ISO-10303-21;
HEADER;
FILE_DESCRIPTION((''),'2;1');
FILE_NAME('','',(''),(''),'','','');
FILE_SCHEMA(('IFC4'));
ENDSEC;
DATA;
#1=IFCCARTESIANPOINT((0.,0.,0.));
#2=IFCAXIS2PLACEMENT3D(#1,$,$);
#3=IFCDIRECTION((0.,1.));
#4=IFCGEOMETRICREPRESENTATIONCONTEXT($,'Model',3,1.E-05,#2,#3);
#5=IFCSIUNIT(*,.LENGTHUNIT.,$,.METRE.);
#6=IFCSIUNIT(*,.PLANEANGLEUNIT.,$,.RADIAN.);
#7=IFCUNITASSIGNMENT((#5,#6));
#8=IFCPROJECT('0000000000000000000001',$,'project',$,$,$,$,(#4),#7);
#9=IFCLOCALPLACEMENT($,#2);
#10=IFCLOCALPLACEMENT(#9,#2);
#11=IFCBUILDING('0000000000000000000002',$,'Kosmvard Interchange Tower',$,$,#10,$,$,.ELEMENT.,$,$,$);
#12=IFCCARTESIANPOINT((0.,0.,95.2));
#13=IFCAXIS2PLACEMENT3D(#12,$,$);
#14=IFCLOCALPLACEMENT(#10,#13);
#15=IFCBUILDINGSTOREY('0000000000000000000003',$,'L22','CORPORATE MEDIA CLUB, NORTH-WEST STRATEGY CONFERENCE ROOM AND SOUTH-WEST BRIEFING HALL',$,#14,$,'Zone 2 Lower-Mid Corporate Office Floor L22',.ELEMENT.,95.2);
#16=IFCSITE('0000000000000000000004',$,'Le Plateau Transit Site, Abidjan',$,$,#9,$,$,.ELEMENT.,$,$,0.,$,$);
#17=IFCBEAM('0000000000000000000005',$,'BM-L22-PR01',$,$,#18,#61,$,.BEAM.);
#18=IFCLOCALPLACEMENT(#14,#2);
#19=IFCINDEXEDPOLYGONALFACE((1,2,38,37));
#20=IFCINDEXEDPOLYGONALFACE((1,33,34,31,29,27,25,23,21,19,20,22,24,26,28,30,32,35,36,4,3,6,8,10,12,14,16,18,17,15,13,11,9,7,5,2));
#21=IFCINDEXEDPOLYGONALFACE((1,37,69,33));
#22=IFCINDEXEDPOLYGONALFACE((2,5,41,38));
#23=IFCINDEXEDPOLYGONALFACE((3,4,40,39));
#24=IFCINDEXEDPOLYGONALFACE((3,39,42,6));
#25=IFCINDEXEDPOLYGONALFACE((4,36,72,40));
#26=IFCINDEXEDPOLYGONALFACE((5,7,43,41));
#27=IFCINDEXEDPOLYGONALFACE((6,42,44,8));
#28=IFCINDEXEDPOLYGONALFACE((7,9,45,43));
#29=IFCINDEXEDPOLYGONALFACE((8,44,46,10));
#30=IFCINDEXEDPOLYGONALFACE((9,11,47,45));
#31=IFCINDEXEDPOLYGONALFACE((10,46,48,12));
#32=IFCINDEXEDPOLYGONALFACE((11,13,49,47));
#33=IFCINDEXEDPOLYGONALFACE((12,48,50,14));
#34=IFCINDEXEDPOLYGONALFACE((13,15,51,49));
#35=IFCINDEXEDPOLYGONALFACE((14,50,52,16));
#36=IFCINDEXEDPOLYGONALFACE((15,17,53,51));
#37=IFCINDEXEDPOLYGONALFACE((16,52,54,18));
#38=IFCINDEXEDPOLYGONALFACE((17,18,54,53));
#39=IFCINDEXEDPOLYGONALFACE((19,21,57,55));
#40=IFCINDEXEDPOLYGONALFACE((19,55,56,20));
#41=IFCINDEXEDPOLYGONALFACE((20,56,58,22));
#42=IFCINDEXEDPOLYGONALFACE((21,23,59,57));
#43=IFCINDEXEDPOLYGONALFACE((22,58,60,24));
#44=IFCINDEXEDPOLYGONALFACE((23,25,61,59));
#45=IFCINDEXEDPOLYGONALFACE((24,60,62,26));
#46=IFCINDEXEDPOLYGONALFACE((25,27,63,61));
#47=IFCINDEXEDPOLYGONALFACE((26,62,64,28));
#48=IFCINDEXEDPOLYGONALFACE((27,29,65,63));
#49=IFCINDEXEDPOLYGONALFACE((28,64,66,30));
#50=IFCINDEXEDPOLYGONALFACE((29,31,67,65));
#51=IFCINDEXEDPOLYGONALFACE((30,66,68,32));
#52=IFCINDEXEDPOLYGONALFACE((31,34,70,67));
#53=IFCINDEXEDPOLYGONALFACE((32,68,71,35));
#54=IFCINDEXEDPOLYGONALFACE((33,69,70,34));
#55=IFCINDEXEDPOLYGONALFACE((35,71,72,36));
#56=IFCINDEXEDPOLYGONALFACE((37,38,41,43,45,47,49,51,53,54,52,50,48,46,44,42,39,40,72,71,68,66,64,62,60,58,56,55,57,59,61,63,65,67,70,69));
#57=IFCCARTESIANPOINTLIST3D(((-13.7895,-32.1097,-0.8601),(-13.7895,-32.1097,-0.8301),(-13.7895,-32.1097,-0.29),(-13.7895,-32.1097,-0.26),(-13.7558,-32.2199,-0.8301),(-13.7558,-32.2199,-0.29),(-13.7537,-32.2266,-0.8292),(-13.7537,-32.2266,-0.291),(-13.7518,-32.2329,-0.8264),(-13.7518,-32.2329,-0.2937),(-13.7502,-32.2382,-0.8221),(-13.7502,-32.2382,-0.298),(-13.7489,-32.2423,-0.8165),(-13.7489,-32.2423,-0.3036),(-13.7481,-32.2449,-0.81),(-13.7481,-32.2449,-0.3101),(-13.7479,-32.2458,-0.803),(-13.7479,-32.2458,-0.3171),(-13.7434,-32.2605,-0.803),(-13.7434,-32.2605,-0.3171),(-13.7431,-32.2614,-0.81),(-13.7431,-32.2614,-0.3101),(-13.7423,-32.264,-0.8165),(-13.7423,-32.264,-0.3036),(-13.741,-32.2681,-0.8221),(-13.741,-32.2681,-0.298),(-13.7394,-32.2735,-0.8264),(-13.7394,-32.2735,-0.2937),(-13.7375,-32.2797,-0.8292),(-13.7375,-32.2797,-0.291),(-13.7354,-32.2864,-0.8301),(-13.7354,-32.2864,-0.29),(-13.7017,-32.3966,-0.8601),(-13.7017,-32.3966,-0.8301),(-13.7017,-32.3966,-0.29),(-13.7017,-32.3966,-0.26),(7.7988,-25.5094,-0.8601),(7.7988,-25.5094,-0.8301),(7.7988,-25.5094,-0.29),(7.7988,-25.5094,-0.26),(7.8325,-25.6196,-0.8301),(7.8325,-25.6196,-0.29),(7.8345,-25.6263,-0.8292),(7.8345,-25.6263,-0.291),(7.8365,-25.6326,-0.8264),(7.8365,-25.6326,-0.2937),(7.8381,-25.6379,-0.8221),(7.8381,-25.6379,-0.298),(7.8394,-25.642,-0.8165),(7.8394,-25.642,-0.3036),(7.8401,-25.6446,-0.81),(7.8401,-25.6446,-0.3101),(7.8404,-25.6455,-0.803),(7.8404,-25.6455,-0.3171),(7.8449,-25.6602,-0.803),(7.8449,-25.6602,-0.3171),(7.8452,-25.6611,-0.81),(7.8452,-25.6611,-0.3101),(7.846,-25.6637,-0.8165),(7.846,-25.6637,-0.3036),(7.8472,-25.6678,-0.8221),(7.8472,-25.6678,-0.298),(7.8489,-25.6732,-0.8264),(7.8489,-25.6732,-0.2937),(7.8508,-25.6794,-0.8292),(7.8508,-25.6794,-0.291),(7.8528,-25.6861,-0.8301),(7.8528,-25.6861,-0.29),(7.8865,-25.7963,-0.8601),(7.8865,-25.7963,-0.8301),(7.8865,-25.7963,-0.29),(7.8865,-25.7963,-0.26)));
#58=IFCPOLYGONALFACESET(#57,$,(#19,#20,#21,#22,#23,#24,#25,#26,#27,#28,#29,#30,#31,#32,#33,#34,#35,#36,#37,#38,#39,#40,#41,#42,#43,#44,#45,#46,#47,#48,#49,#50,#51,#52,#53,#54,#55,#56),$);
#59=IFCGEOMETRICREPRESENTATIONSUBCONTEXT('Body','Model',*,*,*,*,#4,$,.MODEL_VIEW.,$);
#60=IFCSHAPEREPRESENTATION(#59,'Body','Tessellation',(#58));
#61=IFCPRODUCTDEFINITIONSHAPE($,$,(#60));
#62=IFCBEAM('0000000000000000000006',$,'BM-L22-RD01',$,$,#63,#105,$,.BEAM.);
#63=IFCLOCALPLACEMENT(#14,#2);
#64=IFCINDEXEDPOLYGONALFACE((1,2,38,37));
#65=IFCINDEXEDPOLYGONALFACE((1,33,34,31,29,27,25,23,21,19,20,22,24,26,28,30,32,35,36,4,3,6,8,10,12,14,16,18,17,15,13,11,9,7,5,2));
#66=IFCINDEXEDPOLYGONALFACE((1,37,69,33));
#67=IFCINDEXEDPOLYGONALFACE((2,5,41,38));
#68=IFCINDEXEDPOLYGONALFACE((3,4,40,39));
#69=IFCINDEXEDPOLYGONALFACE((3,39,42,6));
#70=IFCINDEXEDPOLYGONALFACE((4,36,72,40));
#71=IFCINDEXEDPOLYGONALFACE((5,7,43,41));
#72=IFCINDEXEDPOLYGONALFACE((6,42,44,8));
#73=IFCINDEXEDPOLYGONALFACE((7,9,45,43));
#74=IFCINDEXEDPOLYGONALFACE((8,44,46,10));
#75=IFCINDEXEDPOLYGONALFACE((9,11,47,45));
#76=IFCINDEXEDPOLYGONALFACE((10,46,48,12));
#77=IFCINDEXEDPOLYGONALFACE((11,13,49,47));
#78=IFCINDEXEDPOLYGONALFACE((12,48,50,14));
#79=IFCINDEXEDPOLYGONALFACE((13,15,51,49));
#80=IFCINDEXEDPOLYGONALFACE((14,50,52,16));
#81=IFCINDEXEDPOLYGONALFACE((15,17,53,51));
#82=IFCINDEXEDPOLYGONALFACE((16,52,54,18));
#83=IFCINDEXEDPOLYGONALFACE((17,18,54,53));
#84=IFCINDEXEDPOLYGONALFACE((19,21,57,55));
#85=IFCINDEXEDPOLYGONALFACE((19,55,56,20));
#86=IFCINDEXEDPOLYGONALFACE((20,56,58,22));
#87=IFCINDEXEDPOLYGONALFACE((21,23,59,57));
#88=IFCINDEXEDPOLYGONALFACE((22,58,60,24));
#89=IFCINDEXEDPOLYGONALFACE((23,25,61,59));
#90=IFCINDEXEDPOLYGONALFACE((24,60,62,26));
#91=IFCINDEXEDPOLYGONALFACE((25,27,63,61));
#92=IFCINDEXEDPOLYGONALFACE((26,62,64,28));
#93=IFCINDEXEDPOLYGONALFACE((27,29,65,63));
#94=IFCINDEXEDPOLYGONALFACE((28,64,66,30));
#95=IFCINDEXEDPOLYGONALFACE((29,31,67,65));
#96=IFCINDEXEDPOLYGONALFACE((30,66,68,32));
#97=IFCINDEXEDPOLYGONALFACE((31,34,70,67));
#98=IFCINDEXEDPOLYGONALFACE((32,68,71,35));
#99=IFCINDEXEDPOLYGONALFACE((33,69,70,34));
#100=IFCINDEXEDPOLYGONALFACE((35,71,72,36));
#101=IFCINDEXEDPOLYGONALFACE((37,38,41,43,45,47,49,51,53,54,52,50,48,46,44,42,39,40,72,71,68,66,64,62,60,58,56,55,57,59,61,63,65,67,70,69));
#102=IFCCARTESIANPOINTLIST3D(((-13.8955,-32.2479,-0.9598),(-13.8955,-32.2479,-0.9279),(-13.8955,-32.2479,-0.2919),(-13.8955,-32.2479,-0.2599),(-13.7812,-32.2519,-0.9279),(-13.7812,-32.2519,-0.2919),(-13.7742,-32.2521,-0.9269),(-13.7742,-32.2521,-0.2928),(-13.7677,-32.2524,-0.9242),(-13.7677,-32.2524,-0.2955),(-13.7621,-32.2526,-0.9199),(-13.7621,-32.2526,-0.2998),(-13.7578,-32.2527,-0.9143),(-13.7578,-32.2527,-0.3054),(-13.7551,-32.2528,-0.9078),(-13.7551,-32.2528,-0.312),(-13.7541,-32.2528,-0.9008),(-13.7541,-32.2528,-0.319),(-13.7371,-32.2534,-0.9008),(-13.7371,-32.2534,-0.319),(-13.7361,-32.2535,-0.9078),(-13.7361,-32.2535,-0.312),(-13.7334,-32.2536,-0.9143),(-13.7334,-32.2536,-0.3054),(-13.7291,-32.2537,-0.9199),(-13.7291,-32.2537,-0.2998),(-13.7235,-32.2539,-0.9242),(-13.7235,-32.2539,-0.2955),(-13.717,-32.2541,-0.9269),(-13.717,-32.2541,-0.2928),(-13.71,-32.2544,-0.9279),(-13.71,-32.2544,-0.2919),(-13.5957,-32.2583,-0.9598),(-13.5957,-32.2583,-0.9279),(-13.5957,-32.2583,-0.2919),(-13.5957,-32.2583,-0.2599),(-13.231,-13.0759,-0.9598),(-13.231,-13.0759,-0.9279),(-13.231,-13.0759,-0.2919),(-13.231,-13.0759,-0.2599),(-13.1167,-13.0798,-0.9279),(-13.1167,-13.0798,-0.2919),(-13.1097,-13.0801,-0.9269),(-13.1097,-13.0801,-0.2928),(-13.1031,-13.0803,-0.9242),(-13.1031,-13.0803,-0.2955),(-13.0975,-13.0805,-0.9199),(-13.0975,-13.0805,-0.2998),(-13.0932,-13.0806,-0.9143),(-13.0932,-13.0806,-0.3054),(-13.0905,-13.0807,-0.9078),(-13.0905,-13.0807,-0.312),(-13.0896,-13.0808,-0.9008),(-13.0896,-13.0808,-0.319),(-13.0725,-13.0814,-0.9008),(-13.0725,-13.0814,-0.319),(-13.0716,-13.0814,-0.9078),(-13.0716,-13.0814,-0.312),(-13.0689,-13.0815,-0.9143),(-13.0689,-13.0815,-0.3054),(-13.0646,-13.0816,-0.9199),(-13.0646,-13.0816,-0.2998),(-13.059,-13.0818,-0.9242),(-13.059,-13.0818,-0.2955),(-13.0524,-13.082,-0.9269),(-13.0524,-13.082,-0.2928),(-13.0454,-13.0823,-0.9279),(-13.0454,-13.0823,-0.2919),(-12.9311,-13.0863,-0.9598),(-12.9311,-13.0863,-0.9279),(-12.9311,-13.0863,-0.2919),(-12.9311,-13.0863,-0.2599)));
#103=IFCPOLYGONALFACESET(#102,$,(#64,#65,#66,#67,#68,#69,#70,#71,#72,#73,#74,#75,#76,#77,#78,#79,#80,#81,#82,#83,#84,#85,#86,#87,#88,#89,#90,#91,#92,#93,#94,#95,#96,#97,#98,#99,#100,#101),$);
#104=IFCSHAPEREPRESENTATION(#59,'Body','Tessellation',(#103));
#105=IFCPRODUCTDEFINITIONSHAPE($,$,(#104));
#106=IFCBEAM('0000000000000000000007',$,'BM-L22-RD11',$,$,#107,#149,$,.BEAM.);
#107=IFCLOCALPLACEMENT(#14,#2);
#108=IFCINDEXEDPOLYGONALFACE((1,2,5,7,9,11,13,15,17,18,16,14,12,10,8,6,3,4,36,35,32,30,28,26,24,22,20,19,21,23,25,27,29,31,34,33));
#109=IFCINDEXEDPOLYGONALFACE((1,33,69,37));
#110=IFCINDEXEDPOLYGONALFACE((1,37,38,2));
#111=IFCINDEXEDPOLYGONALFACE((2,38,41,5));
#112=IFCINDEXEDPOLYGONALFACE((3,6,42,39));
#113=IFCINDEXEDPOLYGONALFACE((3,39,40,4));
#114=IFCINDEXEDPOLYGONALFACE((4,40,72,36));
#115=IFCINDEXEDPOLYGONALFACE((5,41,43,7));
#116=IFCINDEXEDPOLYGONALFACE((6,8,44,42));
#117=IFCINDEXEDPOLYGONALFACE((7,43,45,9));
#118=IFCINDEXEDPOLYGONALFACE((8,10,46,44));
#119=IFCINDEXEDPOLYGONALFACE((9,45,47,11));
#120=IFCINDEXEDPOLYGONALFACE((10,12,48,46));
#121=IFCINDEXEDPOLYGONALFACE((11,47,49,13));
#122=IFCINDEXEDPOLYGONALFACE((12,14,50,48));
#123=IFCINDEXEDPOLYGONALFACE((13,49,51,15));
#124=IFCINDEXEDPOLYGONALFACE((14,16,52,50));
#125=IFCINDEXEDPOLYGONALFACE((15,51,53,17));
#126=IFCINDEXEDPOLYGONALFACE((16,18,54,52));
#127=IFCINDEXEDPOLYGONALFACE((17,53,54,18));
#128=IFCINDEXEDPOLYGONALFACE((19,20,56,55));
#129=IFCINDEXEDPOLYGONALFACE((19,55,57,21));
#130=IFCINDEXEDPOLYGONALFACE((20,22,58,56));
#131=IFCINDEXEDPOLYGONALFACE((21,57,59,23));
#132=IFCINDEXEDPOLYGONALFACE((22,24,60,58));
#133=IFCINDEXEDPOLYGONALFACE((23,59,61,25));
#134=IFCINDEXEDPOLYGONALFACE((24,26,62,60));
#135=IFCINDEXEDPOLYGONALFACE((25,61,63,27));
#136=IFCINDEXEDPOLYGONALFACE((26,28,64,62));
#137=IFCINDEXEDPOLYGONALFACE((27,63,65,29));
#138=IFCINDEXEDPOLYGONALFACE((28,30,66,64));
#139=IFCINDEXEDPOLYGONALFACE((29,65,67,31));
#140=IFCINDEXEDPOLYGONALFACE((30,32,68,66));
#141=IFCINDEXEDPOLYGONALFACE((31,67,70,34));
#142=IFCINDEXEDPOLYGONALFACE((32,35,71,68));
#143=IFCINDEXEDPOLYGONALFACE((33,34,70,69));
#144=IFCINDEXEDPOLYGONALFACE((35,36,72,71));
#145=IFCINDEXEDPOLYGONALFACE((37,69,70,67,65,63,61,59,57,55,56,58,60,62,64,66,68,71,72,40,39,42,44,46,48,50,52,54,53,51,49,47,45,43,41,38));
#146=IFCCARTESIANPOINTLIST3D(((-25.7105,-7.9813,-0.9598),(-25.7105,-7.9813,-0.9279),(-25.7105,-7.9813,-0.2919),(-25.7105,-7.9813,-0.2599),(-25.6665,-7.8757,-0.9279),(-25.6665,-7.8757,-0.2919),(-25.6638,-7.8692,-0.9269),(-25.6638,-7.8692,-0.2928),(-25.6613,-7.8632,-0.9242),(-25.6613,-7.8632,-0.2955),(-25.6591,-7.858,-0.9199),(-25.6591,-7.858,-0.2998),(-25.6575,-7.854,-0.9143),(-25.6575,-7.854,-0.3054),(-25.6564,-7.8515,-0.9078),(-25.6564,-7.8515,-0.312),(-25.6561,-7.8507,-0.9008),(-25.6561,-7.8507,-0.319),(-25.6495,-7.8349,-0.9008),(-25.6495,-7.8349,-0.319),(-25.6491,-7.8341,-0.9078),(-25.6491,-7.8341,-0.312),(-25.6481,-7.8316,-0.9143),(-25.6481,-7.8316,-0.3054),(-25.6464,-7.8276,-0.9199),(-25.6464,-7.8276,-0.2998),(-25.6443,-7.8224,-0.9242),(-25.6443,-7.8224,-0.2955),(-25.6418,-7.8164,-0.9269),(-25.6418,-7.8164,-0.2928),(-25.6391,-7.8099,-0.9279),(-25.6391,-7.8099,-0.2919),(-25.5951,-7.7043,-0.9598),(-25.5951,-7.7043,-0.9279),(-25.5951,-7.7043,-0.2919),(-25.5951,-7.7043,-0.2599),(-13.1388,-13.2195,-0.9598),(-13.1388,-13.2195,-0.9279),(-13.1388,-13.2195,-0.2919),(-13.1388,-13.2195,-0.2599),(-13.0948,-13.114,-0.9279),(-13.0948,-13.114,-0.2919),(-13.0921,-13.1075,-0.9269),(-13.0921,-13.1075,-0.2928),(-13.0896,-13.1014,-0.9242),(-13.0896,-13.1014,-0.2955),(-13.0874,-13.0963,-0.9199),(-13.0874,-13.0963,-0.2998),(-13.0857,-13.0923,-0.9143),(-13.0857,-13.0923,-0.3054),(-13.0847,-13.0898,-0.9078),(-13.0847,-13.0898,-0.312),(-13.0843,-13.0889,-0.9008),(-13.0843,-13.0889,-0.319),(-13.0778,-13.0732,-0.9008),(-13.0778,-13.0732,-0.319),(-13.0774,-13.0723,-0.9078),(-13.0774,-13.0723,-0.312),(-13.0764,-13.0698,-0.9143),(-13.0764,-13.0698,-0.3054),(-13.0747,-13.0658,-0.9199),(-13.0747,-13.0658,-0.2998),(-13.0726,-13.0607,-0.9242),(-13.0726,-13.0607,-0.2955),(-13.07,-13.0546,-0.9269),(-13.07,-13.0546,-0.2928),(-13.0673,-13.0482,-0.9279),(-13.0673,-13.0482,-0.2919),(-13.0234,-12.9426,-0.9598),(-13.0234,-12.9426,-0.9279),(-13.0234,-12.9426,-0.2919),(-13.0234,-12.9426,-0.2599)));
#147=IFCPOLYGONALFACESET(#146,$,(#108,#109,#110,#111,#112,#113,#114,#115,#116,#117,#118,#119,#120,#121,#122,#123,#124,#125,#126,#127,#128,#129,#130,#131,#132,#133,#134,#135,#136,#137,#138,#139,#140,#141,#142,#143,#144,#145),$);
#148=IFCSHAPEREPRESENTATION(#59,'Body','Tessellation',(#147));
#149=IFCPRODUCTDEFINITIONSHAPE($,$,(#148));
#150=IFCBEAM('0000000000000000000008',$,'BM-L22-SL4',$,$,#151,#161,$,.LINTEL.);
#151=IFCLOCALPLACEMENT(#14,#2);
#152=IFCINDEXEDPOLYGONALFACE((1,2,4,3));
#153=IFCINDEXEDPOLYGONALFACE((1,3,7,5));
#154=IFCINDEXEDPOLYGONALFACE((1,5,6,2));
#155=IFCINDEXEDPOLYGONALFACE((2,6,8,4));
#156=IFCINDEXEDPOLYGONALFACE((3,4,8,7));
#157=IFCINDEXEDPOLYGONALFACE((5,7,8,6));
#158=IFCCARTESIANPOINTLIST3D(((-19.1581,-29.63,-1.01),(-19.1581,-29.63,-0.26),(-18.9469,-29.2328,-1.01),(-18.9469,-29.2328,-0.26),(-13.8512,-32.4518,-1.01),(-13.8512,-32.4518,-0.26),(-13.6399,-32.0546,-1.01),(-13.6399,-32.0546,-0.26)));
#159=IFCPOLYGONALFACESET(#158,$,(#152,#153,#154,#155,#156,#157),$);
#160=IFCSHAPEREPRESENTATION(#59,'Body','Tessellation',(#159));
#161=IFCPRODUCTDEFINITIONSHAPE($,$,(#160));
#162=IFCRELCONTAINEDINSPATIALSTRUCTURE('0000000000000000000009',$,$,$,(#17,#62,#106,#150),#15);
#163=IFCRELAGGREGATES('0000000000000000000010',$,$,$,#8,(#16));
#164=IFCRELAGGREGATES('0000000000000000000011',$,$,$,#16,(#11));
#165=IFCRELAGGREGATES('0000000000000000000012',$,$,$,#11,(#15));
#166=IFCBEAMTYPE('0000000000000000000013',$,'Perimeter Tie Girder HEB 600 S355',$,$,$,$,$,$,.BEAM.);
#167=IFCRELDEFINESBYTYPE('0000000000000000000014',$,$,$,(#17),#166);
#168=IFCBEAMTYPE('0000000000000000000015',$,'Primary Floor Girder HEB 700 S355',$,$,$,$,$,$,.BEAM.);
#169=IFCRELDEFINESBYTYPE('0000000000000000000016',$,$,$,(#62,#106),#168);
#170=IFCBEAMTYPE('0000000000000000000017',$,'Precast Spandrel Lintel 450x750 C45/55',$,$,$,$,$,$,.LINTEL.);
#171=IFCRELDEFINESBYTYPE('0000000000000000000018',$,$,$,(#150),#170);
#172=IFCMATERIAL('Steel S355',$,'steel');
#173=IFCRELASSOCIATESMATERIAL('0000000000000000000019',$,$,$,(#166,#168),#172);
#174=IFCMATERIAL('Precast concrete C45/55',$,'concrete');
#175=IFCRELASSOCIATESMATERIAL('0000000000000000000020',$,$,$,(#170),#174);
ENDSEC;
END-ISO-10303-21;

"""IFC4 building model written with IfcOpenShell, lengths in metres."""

from ifc_helpers import new_model, si_unit, direction, frame, origin, origin_2d, place, context, subcontext, project, spatial, rectangle, i_section, extrude, source, transform, mapped, material, material_profile, profile_set, type_object, element, save


model = new_model("IFC4")

# Units and contexts
model_context = context("Model", 3, precision=1e-05, world=origin(), true_north=direction((0.0, 1.0)))
body_context = subcontext(model_context, "Body", "Model", "MODEL_VIEW")
ifc_project = project(units=[si_unit("LENGTHUNIT", "METRE"), si_unit("PLANEANGLEUNIT", "RADIAN")], contexts=[model_context])

# Site, building, storey
site_placement = place(None, origin())
site = spatial("IfcSite", under=ifc_project, at=site_placement, Name="Le Plateau Transit Site, Abidjan", CompositionType="ELEMENT", RefElevation=0.0)
building_placement = place(site_placement, origin())
building = spatial("IfcBuilding", under=site, at=building_placement, Name="Kosmvard Interchange Tower", CompositionType="ELEMENT")
storey_placement = place(building_placement, frame((0.0, 0.0, 95.2)))
storey = spatial("IfcBuildingStorey", under=building, at=storey_placement, Name="L22", Description="CORPORATE MEDIA CLUB, NORTH-WEST STRATEGY CONFERENCE ROOM AND SOUTH-WEST BRIEFING HALL", LongName="Zone 2 Lower-Mid Corporate Office Floor L22", CompositionType="ELEMENT", Elevation=95.2)

# Beams
ifc_material_1 = material(Name="Steel S355", Category="steel")
ifc_material_profile_1 = material_profile(ifc_material_1, i_section(OverallWidth=0.3, OverallDepth=0.6001, WebThickness=0.0154, FlangeThickness=0.03, FilletRadius=0.0271, at=origin_2d()), Name="HEB 600")
ifc_profile_set_1 = profile_set([ifc_material_profile_1], Name="Steel S355")
beam_type_1 = type_object("IfcBeamType", Name="Perimeter Tie Girder HEB 600 S355", PredefinedType="BEAM", material=ifc_profile_set_1)
shared_shape_1 = source(origin(), body_context, "Body", "SweptSolid", [
    extrude(i_section(OverallWidth=0.3, OverallDepth=0.6001, WebThickness=0.0154, FlangeThickness=0.03, FilletRadius=0.0271, at=origin_2d()), origin(), (0.0, 0.0, 1.0), 22.5747),
])
beam_1_placement = place(storey_placement, frame((-13.7456, -32.2532, -0.5601), z_axis=(0.956303, 0.292376, 0.0), x_axis=(-0.292376, 0.956303, 0.0)))
element("IfcBeam", 1, at=beam_1_placement, inside=storey, type_object=beam_type_1, Name="BM-L22-PR01", PredefinedType="BEAM", context=body_context, shape_type="MappedRepresentation", body=[
    mapped(shared_shape_1, transform((0.0, 0.0, 0.0), scale=1.0)),
])
ifc_material_profile_2 = material_profile(ifc_material_1, i_section(OverallWidth=0.3, OverallDepth=0.7, WebThickness=0.0171, FlangeThickness=0.032, FilletRadius=0.0271, at=origin_2d()), Name="HEB 700")
ifc_profile_set_2 = profile_set([ifc_material_profile_2], Name="Steel S355")
beam_type_2 = type_object("IfcBeamType", Name="Primary Floor Girder HEB 700 S355", PredefinedType="BEAM", material=ifc_profile_set_2)
shared_shape_2 = source(origin(), body_context, "Body", "SweptSolid", [
    extrude(i_section(OverallWidth=0.3, OverallDepth=0.7, WebThickness=0.0171, FlangeThickness=0.032, FilletRadius=0.0271, at=origin_2d()), origin(), (0.0, 0.0, 1.0), 19.1836),
])
beam_2_placement = place(storey_placement, frame((-13.0811, -13.0811, -0.6099), z_axis=(-0.034642, -0.9994, 0.0), x_axis=(0.9994, -0.034642, 0.0)))
element("IfcBeam", 2, at=beam_2_placement, inside=storey, type_object=beam_type_2, Name="BM-L22-RD01", PredefinedType="BEAM", context=body_context, shape_type="MappedRepresentation", body=[
    mapped(shared_shape_2, transform((0.0, 0.0, 0.0), scale=1.0)),
])
shared_shape_3 = source(origin(), body_context, "Body", "SweptSolid", [
    extrude(i_section(OverallWidth=0.3, OverallDepth=0.7, WebThickness=0.0171, FlangeThickness=0.032, FilletRadius=0.0271, at=origin_2d()), origin(), (0.0, 0.0, 1.0), 13.6194),
])
beam_3_placement = place(storey_placement, frame((-13.0811, -13.0811, -0.6099), z_axis=(-0.923076, 0.384618, 0.0), x_axis=(-0.384618, -0.923076, 0.0)))
element("IfcBeam", 3, at=beam_3_placement, inside=storey, type_object=beam_type_2, Name="BM-L22-RD11", PredefinedType="BEAM", context=body_context, shape_type="MappedRepresentation", body=[
    mapped(shared_shape_3, transform((0.0, 0.0, 0.0), scale=1.0)),
])
ifc_material_2 = material(Name="Precast concrete C45/55", Category="concrete")
ifc_material_profile_3 = material_profile(ifc_material_2, rectangle(XDim=0.45, YDim=0.75, at=origin_2d()), Name="SL 450x750")
ifc_profile_set_3 = profile_set([ifc_material_profile_3], Name="Precast concrete C45/55")
beam_type_3 = type_object("IfcBeamType", Name="Precast Spandrel Lintel 450x750 C45/55", PredefinedType="LINTEL", material=ifc_profile_set_3)
shared_shape_4 = source(origin(), body_context, "Body", "SweptSolid", [
    extrude(rectangle(XDim=0.45, YDim=0.75, at=origin_2d()), origin(), (0.0, 0.0, 1.0), 6.0105),
])
beam_4_placement = place(storey_placement, frame((-19.0525, -29.4314, -0.635), z_axis=(0.882944, -0.469479, 0.0), x_axis=(0.469479, 0.882944, 0.0)))
element("IfcBeam", 4, at=beam_4_placement, inside=storey, type_object=beam_type_3, Name="BM-L22-SL4", PredefinedType="LINTEL", context=body_context, shape_type="MappedRepresentation", body=[
    mapped(shared_shape_4, transform((0.0, 0.0, 0.0), scale=1.0)),
])

save(model, "model.ifc")
